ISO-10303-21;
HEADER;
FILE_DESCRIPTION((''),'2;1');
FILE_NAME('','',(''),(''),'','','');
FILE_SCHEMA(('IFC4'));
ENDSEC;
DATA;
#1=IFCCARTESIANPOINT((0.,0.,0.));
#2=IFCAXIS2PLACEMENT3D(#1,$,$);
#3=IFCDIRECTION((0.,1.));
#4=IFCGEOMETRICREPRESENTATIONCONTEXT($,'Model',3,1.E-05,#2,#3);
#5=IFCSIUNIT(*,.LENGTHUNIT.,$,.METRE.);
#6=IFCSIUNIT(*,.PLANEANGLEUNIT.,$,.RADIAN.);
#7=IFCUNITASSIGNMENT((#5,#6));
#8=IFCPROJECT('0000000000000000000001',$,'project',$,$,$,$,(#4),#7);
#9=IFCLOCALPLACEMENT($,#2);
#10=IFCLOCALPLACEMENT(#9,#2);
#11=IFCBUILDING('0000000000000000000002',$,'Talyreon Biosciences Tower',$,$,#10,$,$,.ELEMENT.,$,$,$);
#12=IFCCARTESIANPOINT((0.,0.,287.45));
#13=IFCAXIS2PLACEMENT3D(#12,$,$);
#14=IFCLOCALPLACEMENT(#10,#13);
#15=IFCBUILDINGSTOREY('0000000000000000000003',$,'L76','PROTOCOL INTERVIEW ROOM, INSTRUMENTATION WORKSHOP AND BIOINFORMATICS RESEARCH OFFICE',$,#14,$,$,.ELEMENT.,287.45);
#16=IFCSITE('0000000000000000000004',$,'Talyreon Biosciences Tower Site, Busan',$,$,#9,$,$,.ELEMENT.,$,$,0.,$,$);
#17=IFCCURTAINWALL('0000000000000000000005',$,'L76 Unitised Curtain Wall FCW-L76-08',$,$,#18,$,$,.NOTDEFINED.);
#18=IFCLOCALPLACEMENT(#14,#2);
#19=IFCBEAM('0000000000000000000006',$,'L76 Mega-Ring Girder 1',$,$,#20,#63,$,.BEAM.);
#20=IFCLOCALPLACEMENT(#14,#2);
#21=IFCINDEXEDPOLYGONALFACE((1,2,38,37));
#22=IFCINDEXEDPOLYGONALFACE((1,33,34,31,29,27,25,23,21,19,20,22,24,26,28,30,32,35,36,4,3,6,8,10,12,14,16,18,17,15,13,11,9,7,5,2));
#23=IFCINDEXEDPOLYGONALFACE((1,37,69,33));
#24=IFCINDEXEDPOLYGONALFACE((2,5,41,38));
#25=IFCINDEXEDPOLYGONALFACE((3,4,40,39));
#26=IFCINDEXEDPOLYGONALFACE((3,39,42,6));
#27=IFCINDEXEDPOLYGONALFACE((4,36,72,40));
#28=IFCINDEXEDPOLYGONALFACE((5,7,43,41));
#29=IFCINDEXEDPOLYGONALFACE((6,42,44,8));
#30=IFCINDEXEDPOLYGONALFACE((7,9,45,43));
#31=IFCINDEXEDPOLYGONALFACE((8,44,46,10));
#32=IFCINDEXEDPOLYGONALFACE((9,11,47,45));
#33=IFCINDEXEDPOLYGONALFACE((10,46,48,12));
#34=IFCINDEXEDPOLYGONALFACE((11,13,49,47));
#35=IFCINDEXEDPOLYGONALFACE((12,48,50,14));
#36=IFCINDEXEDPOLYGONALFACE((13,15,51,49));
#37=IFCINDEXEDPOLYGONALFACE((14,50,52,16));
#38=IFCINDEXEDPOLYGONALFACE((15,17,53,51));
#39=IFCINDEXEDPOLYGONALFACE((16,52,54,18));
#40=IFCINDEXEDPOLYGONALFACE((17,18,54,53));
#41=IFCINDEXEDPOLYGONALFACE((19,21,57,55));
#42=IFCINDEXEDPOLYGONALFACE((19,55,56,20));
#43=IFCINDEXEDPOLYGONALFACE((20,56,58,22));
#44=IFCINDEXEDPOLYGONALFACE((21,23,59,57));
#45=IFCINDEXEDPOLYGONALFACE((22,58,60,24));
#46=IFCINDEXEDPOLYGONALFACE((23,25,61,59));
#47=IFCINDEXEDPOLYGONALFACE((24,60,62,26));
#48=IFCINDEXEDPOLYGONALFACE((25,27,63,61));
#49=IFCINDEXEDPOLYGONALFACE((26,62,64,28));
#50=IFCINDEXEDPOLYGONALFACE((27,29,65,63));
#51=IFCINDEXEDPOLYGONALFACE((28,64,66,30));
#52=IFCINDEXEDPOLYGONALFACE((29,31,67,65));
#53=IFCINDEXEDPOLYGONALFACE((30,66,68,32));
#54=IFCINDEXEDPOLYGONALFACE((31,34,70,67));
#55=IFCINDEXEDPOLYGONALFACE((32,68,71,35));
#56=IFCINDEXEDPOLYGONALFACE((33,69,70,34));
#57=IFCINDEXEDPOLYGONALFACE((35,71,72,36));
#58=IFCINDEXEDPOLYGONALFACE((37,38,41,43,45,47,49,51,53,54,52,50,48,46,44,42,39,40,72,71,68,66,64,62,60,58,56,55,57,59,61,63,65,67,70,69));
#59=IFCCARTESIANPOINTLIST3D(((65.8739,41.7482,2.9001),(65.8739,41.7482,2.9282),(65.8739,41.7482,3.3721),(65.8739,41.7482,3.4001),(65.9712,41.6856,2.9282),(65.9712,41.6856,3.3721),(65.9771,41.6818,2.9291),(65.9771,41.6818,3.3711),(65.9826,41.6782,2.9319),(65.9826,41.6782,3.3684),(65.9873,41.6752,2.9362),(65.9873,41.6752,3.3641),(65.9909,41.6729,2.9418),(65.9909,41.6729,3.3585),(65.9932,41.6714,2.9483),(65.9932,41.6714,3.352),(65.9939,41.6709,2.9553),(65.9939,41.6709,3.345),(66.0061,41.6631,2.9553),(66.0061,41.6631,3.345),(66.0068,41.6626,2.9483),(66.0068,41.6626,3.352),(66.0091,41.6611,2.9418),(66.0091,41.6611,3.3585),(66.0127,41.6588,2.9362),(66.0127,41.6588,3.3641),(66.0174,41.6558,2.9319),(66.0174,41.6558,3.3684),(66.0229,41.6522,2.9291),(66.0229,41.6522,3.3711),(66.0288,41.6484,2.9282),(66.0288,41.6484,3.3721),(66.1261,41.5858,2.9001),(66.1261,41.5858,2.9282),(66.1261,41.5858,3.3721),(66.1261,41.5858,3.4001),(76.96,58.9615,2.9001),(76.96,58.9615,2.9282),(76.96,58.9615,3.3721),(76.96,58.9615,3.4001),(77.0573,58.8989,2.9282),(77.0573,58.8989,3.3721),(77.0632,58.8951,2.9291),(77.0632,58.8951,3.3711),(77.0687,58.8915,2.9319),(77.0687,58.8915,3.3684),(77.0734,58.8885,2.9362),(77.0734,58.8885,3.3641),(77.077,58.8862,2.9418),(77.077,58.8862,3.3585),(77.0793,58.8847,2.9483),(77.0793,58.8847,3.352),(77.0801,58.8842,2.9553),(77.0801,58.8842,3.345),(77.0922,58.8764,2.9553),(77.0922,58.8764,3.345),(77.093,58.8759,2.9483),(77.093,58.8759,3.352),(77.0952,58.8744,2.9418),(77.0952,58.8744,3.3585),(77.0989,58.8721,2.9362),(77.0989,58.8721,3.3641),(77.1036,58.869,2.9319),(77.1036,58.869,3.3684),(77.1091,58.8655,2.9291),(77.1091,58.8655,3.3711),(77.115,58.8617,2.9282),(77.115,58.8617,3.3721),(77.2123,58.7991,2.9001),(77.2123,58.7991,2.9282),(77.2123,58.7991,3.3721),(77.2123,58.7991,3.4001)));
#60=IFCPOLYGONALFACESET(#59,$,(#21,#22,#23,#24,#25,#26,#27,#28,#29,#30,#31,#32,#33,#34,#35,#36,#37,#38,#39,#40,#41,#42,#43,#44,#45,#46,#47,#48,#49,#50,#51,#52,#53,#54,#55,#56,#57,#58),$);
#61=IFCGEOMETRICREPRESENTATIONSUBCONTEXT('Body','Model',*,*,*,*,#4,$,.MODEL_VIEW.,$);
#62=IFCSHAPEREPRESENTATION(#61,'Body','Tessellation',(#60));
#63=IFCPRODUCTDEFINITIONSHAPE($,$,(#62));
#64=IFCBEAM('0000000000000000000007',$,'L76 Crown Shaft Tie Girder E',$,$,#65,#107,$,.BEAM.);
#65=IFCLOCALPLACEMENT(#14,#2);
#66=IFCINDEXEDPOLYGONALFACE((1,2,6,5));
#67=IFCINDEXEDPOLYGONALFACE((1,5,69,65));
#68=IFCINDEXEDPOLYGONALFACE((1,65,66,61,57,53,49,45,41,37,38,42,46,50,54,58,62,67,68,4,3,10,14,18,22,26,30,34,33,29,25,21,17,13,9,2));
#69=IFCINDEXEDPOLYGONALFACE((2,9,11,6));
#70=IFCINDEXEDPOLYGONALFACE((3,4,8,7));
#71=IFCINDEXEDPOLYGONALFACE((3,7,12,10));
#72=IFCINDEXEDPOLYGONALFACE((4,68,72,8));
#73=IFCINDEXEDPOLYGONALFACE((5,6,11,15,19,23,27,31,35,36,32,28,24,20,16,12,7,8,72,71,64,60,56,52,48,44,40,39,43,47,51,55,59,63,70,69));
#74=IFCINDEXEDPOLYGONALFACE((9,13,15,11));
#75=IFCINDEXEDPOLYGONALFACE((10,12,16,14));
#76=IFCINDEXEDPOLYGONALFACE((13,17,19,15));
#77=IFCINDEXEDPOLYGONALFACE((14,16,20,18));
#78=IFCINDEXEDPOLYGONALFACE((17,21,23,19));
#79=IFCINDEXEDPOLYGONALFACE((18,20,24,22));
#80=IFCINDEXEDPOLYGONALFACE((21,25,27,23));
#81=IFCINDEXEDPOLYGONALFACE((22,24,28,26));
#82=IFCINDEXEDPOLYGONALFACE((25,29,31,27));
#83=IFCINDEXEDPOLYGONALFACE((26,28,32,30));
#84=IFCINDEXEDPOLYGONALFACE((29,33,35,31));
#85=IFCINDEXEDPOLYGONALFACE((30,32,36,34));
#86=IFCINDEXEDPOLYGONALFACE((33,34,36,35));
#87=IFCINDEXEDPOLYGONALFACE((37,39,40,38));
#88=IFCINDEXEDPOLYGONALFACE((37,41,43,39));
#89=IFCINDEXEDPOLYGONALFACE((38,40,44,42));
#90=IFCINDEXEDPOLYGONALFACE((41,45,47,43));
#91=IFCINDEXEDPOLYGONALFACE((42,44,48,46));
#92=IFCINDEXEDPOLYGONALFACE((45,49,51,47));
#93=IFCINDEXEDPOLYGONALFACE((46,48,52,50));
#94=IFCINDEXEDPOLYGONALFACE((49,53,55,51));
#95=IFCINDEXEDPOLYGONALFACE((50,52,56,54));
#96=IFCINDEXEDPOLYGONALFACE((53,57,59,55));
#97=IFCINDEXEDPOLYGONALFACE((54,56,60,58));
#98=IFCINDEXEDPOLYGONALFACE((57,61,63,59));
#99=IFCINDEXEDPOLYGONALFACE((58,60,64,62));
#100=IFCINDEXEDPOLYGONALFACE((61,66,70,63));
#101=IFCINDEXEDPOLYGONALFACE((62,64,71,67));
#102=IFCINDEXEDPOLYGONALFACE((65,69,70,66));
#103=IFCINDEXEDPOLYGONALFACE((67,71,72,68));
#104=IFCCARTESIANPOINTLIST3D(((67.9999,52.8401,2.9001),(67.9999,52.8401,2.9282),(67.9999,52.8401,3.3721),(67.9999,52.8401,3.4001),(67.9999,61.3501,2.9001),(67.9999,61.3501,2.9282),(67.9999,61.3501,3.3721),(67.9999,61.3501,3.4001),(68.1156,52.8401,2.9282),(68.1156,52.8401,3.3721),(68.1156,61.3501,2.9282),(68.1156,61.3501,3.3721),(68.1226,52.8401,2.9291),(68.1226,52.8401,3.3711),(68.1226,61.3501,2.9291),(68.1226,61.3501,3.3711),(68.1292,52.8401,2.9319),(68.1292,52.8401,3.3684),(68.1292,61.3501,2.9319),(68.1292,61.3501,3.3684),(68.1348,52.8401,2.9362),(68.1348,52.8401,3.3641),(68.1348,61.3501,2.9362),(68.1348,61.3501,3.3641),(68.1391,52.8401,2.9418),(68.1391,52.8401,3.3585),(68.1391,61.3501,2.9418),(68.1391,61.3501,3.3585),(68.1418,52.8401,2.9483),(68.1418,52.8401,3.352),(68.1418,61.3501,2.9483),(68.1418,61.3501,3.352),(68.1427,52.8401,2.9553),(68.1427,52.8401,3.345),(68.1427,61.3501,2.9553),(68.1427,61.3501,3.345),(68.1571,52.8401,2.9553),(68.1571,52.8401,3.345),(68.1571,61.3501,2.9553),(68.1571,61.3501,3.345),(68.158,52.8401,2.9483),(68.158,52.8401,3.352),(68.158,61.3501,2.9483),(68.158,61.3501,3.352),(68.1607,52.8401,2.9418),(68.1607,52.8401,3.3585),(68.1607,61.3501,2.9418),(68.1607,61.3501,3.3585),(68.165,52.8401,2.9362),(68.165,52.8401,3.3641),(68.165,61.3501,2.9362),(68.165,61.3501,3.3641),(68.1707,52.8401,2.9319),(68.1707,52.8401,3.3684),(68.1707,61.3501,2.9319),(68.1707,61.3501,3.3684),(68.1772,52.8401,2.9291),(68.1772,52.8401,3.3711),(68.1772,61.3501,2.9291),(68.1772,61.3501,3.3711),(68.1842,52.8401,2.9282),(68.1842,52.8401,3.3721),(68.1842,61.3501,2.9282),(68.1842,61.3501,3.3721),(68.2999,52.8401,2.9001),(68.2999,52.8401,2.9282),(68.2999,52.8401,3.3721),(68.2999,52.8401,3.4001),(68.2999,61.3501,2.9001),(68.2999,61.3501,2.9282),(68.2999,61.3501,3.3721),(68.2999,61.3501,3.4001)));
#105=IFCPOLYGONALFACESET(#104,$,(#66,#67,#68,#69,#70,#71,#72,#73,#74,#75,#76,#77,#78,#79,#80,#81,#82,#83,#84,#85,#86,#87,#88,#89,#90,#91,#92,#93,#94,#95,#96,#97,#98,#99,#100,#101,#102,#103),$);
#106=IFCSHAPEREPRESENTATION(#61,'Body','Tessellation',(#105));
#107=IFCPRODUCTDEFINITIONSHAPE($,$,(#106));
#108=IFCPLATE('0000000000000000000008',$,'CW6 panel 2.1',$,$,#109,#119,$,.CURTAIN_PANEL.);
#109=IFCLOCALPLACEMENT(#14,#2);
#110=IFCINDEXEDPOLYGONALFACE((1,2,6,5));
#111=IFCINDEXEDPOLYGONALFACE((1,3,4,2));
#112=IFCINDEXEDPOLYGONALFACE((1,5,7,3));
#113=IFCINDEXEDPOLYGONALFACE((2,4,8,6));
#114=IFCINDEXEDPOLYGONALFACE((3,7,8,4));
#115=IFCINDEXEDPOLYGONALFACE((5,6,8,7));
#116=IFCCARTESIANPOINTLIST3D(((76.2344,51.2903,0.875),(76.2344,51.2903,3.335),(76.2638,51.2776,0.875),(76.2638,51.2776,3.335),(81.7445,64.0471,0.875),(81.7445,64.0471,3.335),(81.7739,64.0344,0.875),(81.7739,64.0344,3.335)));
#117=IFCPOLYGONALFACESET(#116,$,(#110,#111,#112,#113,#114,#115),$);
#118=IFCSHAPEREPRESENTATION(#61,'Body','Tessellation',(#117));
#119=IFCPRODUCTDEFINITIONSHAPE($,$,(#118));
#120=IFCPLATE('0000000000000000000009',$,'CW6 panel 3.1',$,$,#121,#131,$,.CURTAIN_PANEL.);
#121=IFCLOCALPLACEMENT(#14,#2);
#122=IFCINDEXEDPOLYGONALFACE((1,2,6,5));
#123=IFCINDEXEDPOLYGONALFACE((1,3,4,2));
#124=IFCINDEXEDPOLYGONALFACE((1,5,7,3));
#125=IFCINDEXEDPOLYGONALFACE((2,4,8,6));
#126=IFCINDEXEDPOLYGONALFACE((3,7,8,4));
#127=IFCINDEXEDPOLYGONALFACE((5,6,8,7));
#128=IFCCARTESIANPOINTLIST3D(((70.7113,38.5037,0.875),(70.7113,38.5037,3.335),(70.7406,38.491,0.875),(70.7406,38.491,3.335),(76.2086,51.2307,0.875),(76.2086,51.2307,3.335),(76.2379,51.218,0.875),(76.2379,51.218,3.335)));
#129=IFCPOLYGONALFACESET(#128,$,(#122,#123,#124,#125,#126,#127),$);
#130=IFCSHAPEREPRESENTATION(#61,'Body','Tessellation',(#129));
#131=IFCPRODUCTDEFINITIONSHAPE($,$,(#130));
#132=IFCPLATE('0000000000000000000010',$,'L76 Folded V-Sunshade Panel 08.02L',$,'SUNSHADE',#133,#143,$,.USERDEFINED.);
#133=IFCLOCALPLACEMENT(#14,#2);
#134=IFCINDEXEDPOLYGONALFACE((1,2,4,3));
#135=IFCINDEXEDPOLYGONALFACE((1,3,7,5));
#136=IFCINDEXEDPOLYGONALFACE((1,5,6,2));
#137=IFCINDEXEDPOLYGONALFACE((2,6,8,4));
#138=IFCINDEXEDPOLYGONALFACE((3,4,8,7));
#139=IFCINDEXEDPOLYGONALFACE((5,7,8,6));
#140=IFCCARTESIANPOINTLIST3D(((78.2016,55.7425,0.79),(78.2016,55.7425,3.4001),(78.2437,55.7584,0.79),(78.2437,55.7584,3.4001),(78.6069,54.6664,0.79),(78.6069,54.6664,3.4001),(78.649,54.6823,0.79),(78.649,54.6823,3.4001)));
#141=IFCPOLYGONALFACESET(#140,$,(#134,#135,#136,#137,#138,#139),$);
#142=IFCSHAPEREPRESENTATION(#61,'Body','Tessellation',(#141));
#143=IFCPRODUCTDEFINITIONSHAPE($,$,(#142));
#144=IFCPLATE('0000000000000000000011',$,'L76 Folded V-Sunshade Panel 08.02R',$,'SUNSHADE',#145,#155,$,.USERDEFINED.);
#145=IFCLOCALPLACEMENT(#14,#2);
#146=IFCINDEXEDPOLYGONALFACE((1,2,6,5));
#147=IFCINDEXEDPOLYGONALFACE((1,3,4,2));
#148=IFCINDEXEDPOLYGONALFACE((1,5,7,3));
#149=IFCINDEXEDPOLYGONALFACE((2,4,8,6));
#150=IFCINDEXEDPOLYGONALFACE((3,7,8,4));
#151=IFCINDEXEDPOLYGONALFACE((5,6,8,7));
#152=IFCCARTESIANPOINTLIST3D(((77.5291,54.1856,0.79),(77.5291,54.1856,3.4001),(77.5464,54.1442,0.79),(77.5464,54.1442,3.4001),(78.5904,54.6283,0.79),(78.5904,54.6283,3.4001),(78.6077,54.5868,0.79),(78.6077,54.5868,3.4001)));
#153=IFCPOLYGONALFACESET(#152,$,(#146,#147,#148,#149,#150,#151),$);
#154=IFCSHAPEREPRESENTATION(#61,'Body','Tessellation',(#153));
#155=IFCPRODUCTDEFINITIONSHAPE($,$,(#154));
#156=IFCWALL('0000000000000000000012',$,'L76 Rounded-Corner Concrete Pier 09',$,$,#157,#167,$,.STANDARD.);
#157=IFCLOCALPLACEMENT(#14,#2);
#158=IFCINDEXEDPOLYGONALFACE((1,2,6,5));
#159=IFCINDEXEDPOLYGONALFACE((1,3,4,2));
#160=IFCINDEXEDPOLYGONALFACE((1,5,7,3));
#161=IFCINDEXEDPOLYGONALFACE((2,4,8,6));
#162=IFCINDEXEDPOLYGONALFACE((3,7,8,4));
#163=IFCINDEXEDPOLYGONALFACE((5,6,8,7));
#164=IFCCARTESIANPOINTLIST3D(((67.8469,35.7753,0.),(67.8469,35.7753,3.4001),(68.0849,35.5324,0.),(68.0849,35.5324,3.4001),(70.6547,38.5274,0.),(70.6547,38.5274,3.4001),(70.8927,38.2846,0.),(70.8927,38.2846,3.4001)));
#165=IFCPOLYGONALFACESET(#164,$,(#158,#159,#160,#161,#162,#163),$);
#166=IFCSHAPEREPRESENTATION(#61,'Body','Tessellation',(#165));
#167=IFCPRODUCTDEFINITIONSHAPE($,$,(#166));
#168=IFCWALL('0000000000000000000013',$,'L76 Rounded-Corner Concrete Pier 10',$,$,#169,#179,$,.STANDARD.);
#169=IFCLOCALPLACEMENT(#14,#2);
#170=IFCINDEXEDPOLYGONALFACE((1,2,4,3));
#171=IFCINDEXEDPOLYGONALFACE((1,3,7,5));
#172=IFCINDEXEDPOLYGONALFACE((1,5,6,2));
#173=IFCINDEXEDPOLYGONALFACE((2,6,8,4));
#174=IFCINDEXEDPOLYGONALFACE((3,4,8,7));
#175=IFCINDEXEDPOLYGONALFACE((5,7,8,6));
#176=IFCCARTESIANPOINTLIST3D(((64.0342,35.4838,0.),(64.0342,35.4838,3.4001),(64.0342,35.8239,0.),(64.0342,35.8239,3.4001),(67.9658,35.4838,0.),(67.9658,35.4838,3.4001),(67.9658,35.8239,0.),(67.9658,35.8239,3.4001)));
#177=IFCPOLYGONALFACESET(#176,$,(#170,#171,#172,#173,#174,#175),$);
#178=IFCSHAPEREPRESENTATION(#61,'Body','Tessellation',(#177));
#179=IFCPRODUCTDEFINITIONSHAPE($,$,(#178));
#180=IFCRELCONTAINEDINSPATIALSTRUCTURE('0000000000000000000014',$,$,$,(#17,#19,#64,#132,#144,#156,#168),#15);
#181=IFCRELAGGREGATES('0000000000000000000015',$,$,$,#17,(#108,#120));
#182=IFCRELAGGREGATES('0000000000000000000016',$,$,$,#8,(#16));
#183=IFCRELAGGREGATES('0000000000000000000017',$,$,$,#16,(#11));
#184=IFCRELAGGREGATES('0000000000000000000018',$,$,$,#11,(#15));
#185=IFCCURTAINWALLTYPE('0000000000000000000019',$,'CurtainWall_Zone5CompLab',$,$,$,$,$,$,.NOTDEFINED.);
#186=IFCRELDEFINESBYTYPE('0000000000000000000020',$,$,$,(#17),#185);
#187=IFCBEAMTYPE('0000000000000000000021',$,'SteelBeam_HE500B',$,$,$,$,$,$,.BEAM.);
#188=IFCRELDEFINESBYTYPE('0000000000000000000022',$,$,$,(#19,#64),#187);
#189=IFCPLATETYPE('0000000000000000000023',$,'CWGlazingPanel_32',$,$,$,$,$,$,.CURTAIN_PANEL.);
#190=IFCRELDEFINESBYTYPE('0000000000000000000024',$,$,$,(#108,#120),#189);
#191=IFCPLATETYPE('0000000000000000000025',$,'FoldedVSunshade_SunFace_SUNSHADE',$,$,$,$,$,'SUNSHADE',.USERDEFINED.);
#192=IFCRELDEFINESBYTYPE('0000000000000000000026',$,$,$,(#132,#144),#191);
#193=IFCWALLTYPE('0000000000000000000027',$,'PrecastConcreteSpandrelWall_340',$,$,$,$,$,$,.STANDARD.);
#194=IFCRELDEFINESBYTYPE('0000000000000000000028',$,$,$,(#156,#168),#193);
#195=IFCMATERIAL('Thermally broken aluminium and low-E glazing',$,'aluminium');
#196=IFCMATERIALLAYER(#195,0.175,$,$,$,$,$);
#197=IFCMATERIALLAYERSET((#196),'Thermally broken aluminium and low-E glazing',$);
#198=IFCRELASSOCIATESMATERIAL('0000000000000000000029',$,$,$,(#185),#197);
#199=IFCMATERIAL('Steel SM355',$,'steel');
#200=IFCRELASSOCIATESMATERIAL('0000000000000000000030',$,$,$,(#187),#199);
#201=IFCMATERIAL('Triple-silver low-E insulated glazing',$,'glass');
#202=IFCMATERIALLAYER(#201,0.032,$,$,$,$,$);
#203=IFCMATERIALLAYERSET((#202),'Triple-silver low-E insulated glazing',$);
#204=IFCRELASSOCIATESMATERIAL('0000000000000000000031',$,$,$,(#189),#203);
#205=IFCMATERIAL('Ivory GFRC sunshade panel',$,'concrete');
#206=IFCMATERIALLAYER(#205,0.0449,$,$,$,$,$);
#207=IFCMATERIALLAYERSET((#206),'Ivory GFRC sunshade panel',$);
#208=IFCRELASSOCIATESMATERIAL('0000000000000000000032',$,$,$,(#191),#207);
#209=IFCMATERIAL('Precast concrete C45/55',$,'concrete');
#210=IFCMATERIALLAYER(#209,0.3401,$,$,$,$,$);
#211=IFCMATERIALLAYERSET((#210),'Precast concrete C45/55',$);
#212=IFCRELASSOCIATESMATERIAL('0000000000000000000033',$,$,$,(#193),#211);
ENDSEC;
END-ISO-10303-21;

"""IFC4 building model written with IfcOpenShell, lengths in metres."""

from ifc_helpers import new_model, si_unit, direction, frame, frame_2d, origin, origin_2d, place, context, subcontext, project, spatial, rectangle, i_section, extrude, material, layer, layer_set, material_profile, profile_set, type_object, element, aggregate, save


model = new_model("IFC4")

# Units and contexts
model_context = context("Model", 3, precision=1e-05, world=origin(), true_north=direction((0.0, 1.0)))
body_context = subcontext(model_context, "Body", "Model", "MODEL_VIEW")
ifc_project = project(units=[si_unit("LENGTHUNIT", "METRE"), si_unit("PLANEANGLEUNIT", "RADIAN")], contexts=[model_context])

# Site, building, storey
site_placement = place(None, origin())
site = spatial("IfcSite", under=ifc_project, at=site_placement, Name="Talyreon Biosciences Tower Site, Busan", CompositionType="ELEMENT", RefElevation=0.0)
building_placement = place(site_placement, origin())
building = spatial("IfcBuilding", under=site, at=building_placement, Name="Talyreon Biosciences Tower", CompositionType="ELEMENT")
storey_placement = place(building_placement, frame((0.0, 0.0, 287.45)))
storey = spatial("IfcBuildingStorey", under=building, at=storey_placement, Name="L76", Description="PROTOCOL INTERVIEW ROOM, INSTRUMENTATION WORKSHOP AND BIOINFORMATICS RESEARCH OFFICE", CompositionType="ELEMENT", Elevation=287.45)

# Shared definitions
ifc_material_1 = material(Name="Precast concrete C45/55", Category="concrete")

# Curtain wall
ifc_material_2 = material(Name="Thermally broken aluminium and low-E glazing", Category="aluminium")
ifc_layer_1 = layer(ifc_material_2, 0.175)
ifc_layer_set_1 = layer_set([ifc_layer_1], Name="Thermally broken aluminium and low-E glazing")
curtain_wall_type = type_object("IfcCurtainWallType", Name="CurtainWall_Zone5CompLab", PredefinedType="NOTDEFINED", material=ifc_layer_set_1)
curtain_wall_placement = place(storey_placement, origin())
curtain_wall = element("IfcCurtainWall", 1, at=curtain_wall_placement, inside=storey, type_object=curtain_wall_type, Name="L76 Unitised Curtain Wall FCW-L76-08", PredefinedType="NOTDEFINED")

# Beams
ifc_material_3 = material(Name="Steel SM355", Category="steel")
ifc_material_profile_1 = material_profile(ifc_material_3, i_section(OverallWidth=0.3, OverallDepth=0.5, WebThickness=0.0144, FlangeThickness=0.0281, FilletRadius=0.0271, at=origin_2d()), Name="HE500B")
ifc_profile_set_1 = profile_set([ifc_material_profile_1], Name="Steel SM355")
beam_type_1 = type_object("IfcBeamType", Name="SteelBeam_HE500B", PredefinedType="BEAM", material=ifc_profile_set_1)
beam_1_placement = place(storey_placement, frame((66.0, 41.667, 3.1501), z_axis=(0.541464, 0.840724, 0.0), x_axis=(-0.840724, 0.541464, 0.0)))
element("IfcBeam", 2, at=beam_1_placement, inside=storey, type_object=beam_type_1, Name="L76 Mega-Ring Girder 1", PredefinedType="BEAM", context=body_context, shape_type="SweptSolid", body=[
    extrude(i_section(OverallWidth=0.3, OverallDepth=0.5, WebThickness=0.0144, FlangeThickness=0.0281, FilletRadius=0.0271, at=origin_2d()), origin(), (0.0, 0.0, 1.0), 20.4744),
])
beam_2_placement = place(storey_placement, frame((68.1499, 52.8401, 3.1501), z_axis=(0.0, 1.0, 0.0), x_axis=(-1.0, 0.0, 0.0)))
element("IfcBeam", 3, at=beam_2_placement, inside=storey, type_object=beam_type_1, Name="L76 Crown Shaft Tie Girder E", PredefinedType="BEAM", context=body_context, shape_type="SweptSolid", body=[
    extrude(i_section(OverallWidth=0.3, OverallDepth=0.5, WebThickness=0.0144, FlangeThickness=0.0281, FilletRadius=0.0271, at=origin_2d()), origin(), (0.0, 0.0, 1.0), 8.51),
])

# Plates
ifc_material_4 = material(Name="Triple-silver low-E insulated glazing", Category="glass")
ifc_layer_2 = layer(ifc_material_4, 0.032)
ifc_layer_set_2 = layer_set([ifc_layer_2], Name="Triple-silver low-E insulated glazing")
plate_type_1 = type_object("IfcPlateType", Name="CWGlazingPanel_32", PredefinedType="CURTAIN_PANEL", material=ifc_layer_set_2)
plate_1_placement = place(storey_placement, frame((79.0042, 57.6624, 0.875), z_axis=(0.0, 0.0, 1.0), x_axis=(-0.396528, -0.918022, 0.0)))
plate_1 = element("IfcPlate", 4, at=plate_1_placement, type_object=plate_type_1, Name="CW6 panel 2.1", PredefinedType="CURTAIN_PANEL", context=body_context, shape_type="SweptSolid", body=[
    extrude(rectangle(XDim=13.896, YDim=0.032, at=origin_2d()), origin(), (0.0, 0.0, 1.0), 2.46),
])
plate_2_placement = place(storey_placement, frame((73.4746, 44.8608, 0.875), z_axis=(0.0, 0.0, 1.0), x_axis=(-0.396528, -0.918022, 0.0)))
plate_2 = element("IfcPlate", 5, at=plate_2_placement, type_object=plate_type_1, Name="CW6 panel 3.1", PredefinedType="CURTAIN_PANEL", context=body_context, shape_type="SweptSolid", body=[
    extrude(rectangle(XDim=13.8635, YDim=0.032, at=origin_2d()), origin(), (0.0, 0.0, 1.0), 2.46),
])
aggregate(curtain_wall, [plate_1, plate_2])

# Plates
ifc_material_5 = material(Name="Ivory GFRC sunshade panel", Category="concrete")
ifc_layer_3 = layer(ifc_material_5, 0.0449)
ifc_layer_set_3 = layer_set([ifc_layer_3], Name="Ivory GFRC sunshade panel")
plate_type_2 = type_object("IfcPlateType", Name="FoldedVSunshade_SunFace_SUNSHADE", ElementType="SUNSHADE", PredefinedType="USERDEFINED", material=ifc_layer_set_3)
for number, where, z_axis, x_axis, name in (
    (6, (78.4253, 55.2124, 0.79), (0.0, 0.0, 1.0), (0.352479, -0.93582, 0.0), "L76 Folded V-Sunshade Panel 08.02L"),
    (7, (78.0684, 54.3862, 0.79), (0.0, 0.0, 1.0), (-0.922948, -0.384924, 0.0), "L76 Folded V-Sunshade Panel 08.02R"),
):
    element("IfcPlate", number, at=place(storey_placement, frame(where, z_axis=z_axis, x_axis=x_axis)), inside=storey, type_object=plate_type_2, Name=name, ObjectType="SUNSHADE", PredefinedType="USERDEFINED", context=body_context, shape_type="SweptSolid", body=[
        extrude(rectangle(XDim=1.1499, YDim=0.0449, at=origin_2d()), origin(), (0.0, 0.0, 1.0), 2.6101),
    ])

# Walls
ifc_layer_4 = layer(ifc_material_1, 0.3401)
ifc_layer_set_4 = layer_set([ifc_layer_4], Name="Precast concrete C45/55")
wall_type_1 = type_object("IfcWallType", Name="PrecastConcreteSpandrelWall_340", PredefinedType="STANDARD", material=ifc_layer_set_4)
for number, where, z_axis, x_axis, name in (
    (8, (70.7737, 38.406, 0.0), (0.0, 0.0, 1.0), (-0.71415, -0.699993, 0.0), "L76 Rounded-Corner Concrete Pier 09"),
    (9, (67.9658, 35.6538, 0.0), (0.0, 0.0, 1.0), (-1.0, 0.0, 0.0), "L76 Rounded-Corner Concrete Pier 10"),
):
    element("IfcWall", number, at=place(storey_placement, frame(where, z_axis=z_axis, x_axis=x_axis)), inside=storey, type_object=wall_type_1, Name=name, PredefinedType="STANDARD", context=body_context, shape_type="SweptSolid", body=[
        extrude(rectangle(XDim=3.9316, YDim=0.3401, at=frame_2d((1.9658, 0.0))), origin(), (0.0, 0.0, 1.0), 3.4001),
    ])

save(model, "model.ifc")
